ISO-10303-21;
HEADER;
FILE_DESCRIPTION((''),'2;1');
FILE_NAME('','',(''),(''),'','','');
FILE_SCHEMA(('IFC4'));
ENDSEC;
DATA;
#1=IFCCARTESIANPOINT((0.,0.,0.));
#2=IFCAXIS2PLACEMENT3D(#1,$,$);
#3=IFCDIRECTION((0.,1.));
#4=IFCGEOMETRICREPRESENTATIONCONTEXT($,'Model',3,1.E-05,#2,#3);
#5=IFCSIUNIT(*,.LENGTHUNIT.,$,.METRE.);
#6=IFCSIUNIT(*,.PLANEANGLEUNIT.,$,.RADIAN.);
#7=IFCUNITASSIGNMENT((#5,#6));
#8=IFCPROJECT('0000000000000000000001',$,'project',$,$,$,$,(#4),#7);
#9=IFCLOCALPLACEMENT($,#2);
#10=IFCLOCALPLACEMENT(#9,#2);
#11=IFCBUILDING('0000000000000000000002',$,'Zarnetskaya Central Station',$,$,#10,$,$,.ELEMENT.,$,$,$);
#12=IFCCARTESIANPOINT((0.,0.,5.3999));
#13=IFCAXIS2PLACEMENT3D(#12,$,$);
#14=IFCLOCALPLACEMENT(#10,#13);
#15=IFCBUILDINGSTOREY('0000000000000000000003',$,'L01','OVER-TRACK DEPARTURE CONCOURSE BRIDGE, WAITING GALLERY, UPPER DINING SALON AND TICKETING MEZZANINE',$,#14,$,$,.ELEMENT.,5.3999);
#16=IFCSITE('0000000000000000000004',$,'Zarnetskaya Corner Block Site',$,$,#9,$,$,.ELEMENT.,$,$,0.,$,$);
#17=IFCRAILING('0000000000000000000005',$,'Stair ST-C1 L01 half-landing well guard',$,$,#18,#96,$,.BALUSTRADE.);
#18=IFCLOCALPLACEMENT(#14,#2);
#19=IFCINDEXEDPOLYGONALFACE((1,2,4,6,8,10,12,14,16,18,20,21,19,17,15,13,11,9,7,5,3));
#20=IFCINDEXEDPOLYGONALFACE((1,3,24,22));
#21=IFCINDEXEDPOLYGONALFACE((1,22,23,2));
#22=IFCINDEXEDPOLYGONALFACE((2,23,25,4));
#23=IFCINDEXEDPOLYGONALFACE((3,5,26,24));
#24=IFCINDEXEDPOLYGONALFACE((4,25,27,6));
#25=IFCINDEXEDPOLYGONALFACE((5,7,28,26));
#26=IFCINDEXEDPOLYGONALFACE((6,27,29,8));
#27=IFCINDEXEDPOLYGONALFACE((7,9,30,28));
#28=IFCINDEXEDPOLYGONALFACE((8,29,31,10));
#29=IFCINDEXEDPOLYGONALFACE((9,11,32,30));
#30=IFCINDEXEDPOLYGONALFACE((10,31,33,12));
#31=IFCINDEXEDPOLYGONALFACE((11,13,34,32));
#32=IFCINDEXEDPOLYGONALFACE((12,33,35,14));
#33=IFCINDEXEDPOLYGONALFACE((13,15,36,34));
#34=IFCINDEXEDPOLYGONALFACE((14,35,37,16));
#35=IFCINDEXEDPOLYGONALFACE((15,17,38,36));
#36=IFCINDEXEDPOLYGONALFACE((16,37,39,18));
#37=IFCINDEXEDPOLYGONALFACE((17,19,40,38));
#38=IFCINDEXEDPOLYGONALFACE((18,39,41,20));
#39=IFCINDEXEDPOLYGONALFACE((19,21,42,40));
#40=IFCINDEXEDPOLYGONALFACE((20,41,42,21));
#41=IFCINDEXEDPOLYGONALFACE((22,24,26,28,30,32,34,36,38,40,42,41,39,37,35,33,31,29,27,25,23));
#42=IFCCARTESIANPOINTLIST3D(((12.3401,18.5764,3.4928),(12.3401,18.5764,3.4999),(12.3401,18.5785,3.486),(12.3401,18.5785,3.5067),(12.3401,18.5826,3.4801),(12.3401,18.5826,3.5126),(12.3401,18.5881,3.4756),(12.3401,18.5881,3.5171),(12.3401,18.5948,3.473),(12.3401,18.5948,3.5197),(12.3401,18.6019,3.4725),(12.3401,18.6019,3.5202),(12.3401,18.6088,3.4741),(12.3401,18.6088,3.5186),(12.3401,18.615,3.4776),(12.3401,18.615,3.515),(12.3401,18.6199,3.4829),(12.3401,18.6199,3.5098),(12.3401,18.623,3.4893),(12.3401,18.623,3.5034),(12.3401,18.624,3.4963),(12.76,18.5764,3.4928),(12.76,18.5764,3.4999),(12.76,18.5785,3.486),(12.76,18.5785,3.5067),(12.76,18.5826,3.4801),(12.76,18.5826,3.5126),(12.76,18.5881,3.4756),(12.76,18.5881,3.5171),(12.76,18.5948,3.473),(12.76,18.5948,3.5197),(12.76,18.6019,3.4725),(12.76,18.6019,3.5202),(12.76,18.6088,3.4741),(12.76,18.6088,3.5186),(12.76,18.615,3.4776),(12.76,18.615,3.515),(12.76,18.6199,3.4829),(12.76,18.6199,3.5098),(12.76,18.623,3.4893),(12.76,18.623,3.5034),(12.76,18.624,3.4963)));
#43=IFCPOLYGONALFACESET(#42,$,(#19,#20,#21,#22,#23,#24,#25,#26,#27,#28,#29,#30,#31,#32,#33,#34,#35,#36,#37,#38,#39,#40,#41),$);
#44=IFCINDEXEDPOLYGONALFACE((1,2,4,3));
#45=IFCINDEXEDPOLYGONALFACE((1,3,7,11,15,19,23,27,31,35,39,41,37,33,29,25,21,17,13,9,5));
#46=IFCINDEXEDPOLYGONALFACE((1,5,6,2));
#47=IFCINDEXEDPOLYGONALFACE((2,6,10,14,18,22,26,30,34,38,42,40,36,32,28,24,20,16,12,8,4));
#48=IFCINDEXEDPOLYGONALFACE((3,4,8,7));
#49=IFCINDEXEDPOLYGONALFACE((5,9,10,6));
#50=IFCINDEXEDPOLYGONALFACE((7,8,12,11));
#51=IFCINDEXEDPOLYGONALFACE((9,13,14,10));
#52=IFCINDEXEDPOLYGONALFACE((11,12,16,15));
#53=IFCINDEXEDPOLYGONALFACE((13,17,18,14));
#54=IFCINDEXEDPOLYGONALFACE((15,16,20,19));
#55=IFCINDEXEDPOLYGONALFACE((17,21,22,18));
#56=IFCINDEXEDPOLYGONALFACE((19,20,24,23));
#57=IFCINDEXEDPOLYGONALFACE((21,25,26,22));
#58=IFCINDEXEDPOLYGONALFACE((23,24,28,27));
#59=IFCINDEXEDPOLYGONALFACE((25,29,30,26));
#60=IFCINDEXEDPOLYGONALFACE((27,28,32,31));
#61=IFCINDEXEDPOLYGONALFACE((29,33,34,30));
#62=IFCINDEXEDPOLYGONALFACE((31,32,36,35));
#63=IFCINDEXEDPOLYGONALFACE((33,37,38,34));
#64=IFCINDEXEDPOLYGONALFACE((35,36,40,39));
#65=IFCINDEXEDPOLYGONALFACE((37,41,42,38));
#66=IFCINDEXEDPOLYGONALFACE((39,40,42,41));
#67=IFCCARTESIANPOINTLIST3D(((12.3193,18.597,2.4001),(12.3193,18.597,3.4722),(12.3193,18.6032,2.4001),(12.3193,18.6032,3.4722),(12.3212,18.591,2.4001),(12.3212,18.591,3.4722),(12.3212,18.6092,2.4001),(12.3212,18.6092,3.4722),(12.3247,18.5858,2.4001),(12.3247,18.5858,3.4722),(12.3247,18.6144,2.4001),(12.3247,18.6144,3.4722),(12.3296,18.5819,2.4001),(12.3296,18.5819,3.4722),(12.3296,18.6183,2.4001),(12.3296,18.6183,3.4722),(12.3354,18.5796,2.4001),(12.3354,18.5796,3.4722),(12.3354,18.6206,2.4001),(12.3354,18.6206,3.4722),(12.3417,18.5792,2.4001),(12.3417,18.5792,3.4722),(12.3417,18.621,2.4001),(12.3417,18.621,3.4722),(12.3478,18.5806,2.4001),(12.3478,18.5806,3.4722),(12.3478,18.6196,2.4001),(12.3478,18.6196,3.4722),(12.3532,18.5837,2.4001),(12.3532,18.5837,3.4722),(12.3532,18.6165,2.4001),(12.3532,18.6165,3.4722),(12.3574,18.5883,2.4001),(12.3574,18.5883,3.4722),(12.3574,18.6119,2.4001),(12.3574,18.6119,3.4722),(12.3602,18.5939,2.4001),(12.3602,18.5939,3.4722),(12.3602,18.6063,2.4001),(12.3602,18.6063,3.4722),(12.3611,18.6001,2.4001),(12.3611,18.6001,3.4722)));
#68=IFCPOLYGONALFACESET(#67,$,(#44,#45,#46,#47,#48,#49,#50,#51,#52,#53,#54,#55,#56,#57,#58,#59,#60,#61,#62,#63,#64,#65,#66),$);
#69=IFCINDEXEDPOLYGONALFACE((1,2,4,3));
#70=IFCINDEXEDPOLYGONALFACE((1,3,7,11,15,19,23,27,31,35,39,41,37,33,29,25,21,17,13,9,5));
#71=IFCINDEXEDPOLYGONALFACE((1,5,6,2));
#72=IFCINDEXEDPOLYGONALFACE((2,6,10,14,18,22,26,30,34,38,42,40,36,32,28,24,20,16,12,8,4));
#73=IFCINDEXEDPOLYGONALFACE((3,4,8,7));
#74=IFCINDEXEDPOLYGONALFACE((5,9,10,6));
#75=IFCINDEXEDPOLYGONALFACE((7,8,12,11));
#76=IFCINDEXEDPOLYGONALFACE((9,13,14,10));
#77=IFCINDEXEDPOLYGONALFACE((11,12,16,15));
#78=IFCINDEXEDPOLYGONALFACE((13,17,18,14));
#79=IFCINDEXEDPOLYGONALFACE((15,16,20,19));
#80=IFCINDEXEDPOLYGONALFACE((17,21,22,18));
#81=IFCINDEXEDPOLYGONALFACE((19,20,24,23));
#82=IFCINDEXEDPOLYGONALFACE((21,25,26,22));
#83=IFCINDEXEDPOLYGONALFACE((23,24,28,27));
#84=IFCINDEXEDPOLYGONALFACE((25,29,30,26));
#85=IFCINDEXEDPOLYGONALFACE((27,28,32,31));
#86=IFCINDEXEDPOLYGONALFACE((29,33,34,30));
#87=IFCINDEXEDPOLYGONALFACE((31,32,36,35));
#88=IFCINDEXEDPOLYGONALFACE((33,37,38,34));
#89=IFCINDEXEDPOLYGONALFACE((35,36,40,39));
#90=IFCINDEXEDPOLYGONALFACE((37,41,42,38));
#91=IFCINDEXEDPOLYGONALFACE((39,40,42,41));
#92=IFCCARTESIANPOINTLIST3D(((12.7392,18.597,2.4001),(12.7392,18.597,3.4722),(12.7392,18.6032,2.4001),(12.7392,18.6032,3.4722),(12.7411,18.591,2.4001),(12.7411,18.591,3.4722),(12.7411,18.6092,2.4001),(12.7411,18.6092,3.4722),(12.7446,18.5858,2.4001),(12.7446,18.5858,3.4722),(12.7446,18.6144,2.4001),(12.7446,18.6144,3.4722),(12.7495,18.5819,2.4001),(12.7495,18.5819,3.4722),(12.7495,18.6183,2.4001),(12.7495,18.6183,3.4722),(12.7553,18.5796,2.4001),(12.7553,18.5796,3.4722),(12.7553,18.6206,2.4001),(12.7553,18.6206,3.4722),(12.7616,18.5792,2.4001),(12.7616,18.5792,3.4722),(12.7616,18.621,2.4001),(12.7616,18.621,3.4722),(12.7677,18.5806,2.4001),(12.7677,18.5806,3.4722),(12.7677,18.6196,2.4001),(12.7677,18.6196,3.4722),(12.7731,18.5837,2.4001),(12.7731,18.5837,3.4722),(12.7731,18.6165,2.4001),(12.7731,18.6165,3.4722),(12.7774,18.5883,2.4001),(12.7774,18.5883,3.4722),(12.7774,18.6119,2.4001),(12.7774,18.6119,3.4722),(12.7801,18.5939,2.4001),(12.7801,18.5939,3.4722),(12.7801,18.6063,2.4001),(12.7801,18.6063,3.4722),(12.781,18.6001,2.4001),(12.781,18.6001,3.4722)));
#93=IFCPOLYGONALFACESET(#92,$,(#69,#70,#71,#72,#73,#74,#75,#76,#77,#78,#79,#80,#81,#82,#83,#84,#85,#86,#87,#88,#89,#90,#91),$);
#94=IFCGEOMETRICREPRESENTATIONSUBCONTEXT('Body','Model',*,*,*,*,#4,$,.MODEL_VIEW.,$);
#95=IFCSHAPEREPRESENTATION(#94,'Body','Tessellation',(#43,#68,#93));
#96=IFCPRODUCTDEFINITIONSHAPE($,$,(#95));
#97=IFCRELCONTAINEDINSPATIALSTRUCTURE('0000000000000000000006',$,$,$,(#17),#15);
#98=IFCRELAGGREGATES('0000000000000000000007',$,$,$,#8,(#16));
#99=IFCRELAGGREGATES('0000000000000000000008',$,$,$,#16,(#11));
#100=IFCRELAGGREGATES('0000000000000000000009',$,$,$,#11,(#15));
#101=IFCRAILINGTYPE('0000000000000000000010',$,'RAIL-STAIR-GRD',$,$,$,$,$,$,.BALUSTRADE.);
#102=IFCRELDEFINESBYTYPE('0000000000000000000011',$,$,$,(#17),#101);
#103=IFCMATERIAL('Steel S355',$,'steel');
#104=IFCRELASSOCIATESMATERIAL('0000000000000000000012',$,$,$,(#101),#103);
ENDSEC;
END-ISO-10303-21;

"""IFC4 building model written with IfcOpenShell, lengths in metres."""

from ifc_helpers import new_model, si_unit, direction, frame, origin, origin_2d, place, context, subcontext, project, spatial, circle, extrude, material, type_object, element, save


model = new_model("IFC4")

# Units and contexts
model_context = context("Model", 3, precision=1e-05, world=origin(), true_north=direction((0.0, 1.0)))
body_context = subcontext(model_context, "Body", "Model", "MODEL_VIEW")
ifc_project = project(units=[si_unit("LENGTHUNIT", "METRE"), si_unit("PLANEANGLEUNIT", "RADIAN")], contexts=[model_context])

# Site, building, storey
site_placement = place(None, origin())
site = spatial("IfcSite", under=ifc_project, at=site_placement, Name="Zarnetskaya Corner Block Site", CompositionType="ELEMENT", RefElevation=0.0)
building_placement = place(site_placement, origin())
building = spatial("IfcBuilding", under=site, at=building_placement, Name="Zarnetskaya Central Station", CompositionType="ELEMENT")
storey_placement = place(building_placement, frame((0.0, 0.0, 5.3999)))
storey = spatial("IfcBuildingStorey", under=building, at=storey_placement, Name="L01", Description="OVER-TRACK DEPARTURE CONCOURSE BRIDGE, WAITING GALLERY, UPPER DINING SALON AND TICKETING MEZZANINE", CompositionType="ELEMENT", Elevation=5.3999)

# Shared definitions
ifc_material_1 = material(Name="Steel S355", Category="steel")

# Railing
railing_type_1 = type_object("IfcRailingType", Name="RAIL-STAIR-GRD", PredefinedType="BALUSTRADE", material=ifc_material_1)
railing_1_placement = place(storey_placement, frame((12.3401, 18.6001, 2.4001)))
element("IfcRailing", 1, at=railing_1_placement, inside=storey, type_object=railing_type_1, Name="Stair ST-C1 L01 half-landing well guard", PredefinedType="BALUSTRADE", context=body_context, shape_type="SweptSolid", body=[
    extrude(circle(Radius=0.0239, at=origin_2d()), frame((0.0, 0.0, 1.0962), z_axis=(1.0, 0.0, 0.0), x_axis=(0.0, 1.0, 0.0)), (0.0, 0.0, 1.0), 0.4199),
    extrude(circle(Radius=0.021, at=origin_2d()), origin(), (0.0, 0.0, 1.0), 1.072),
    extrude(circle(Radius=0.021, at=origin_2d()), frame((0.4199, 0.0, 0.0)), (0.0, 0.0, 1.0), 1.072),
])

save(model, "model.ifc")
